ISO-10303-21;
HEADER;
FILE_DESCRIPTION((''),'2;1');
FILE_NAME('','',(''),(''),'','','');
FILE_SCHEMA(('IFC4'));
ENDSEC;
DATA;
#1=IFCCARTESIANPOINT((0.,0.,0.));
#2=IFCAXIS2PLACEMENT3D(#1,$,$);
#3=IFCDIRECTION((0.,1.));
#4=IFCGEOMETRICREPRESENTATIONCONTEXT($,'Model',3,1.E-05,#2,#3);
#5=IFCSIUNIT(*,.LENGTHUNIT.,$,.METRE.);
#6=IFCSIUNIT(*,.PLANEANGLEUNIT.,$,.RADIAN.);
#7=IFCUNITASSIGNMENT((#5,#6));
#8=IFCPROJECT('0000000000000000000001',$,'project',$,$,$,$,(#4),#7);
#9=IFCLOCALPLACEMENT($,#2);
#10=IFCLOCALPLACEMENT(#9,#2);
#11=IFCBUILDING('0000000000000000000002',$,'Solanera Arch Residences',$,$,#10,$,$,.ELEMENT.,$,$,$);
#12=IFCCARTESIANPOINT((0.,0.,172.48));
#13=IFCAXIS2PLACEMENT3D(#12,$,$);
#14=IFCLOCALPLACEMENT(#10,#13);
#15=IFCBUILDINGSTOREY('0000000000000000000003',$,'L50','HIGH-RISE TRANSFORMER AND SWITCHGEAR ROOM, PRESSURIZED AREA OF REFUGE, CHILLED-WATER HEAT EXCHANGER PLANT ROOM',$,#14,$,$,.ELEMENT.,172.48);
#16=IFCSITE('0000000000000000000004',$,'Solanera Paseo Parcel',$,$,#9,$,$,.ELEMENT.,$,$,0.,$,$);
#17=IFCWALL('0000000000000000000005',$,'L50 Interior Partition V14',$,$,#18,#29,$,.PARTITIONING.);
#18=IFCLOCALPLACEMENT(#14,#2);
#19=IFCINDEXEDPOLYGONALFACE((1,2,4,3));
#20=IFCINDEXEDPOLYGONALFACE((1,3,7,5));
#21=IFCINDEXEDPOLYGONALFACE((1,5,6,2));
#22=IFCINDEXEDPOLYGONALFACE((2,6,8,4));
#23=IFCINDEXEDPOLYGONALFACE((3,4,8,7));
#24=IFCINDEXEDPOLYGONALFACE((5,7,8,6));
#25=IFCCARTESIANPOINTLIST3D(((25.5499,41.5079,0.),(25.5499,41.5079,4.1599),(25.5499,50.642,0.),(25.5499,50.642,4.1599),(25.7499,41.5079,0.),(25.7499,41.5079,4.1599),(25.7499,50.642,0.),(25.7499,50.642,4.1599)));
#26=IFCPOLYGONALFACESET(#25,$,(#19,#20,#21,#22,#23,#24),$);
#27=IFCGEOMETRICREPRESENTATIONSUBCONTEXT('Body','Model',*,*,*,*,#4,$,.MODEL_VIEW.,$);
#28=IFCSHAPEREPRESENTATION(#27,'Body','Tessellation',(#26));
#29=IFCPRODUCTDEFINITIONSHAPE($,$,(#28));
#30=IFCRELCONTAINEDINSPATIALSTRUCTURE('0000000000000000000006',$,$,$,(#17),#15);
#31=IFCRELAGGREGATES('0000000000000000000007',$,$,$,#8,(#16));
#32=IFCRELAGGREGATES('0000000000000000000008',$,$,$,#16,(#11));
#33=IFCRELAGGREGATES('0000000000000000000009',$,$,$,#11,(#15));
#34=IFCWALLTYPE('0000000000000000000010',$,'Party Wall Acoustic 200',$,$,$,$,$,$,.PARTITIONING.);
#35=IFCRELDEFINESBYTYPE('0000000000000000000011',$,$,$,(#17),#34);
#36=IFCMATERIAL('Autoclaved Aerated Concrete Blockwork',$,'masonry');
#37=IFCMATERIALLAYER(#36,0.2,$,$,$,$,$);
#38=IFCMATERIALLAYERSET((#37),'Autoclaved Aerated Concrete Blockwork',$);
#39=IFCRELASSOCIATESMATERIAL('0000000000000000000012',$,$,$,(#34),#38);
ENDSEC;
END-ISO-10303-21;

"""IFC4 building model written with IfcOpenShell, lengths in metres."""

from ifc_helpers import new_model, si_unit, direction, frame, frame_2d, origin, place, context, subcontext, project, spatial, rectangle, extrude, material, layer, layer_set, type_object, element, save


model = new_model("IFC4")

# Units and contexts
model_context = context("Model", 3, precision=1e-05, world=origin(), true_north=direction((0.0, 1.0)))
body_context = subcontext(model_context, "Body", "Model", "MODEL_VIEW")
ifc_project = project(units=[si_unit("LENGTHUNIT", "METRE"), si_unit("PLANEANGLEUNIT", "RADIAN")], contexts=[model_context])

# Site, building, storey
site_placement = place(None, origin())
site = spatial("IfcSite", under=ifc_project, at=site_placement, Name="Solanera Paseo Parcel", CompositionType="ELEMENT", RefElevation=0.0)
building_placement = place(site_placement, origin())
building = spatial("IfcBuilding", under=site, at=building_placement, Name="Solanera Arch Residences", CompositionType="ELEMENT")
storey_placement = place(building_placement, frame((0.0, 0.0, 172.48)))
storey = spatial("IfcBuildingStorey", under=building, at=storey_placement, Name="L50", Description="HIGH-RISE TRANSFORMER AND SWITCHGEAR ROOM, PRESSURIZED AREA OF REFUGE, CHILLED-WATER HEAT EXCHANGER PLANT ROOM", CompositionType="ELEMENT", Elevation=172.48)

# Wall
ifc_material_1 = material(Name="Autoclaved Aerated Concrete Blockwork", Category="masonry")
ifc_layer_1 = layer(ifc_material_1, 0.2)
ifc_layer_set_1 = layer_set([ifc_layer_1], Name="Autoclaved Aerated Concrete Blockwork")
wall_type_1 = type_object("IfcWallType", Name="Party Wall Acoustic 200", PredefinedType="PARTITIONING", material=ifc_layer_set_1)
for number, where, z_axis, x_axis, name in (
    (1, (25.6499, 41.5081, 0.0), (0.0, 0.0, 1.0), (0.0, 1.0, 0.0), "L50 Interior Partition V14"),
):
    element("IfcWall", number, at=place(storey_placement, frame(where, z_axis=z_axis, x_axis=x_axis)), inside=storey, type_object=wall_type_1, Name=name, PredefinedType="PARTITIONING", context=body_context, shape_type="SweptSolid", body=[
        extrude(rectangle(XDim=9.134, YDim=0.2, at=frame_2d((4.5669, 0.0))), origin(), (0.0, 0.0, 1.0), 4.1599),
    ])

save(model, "model.ifc")
